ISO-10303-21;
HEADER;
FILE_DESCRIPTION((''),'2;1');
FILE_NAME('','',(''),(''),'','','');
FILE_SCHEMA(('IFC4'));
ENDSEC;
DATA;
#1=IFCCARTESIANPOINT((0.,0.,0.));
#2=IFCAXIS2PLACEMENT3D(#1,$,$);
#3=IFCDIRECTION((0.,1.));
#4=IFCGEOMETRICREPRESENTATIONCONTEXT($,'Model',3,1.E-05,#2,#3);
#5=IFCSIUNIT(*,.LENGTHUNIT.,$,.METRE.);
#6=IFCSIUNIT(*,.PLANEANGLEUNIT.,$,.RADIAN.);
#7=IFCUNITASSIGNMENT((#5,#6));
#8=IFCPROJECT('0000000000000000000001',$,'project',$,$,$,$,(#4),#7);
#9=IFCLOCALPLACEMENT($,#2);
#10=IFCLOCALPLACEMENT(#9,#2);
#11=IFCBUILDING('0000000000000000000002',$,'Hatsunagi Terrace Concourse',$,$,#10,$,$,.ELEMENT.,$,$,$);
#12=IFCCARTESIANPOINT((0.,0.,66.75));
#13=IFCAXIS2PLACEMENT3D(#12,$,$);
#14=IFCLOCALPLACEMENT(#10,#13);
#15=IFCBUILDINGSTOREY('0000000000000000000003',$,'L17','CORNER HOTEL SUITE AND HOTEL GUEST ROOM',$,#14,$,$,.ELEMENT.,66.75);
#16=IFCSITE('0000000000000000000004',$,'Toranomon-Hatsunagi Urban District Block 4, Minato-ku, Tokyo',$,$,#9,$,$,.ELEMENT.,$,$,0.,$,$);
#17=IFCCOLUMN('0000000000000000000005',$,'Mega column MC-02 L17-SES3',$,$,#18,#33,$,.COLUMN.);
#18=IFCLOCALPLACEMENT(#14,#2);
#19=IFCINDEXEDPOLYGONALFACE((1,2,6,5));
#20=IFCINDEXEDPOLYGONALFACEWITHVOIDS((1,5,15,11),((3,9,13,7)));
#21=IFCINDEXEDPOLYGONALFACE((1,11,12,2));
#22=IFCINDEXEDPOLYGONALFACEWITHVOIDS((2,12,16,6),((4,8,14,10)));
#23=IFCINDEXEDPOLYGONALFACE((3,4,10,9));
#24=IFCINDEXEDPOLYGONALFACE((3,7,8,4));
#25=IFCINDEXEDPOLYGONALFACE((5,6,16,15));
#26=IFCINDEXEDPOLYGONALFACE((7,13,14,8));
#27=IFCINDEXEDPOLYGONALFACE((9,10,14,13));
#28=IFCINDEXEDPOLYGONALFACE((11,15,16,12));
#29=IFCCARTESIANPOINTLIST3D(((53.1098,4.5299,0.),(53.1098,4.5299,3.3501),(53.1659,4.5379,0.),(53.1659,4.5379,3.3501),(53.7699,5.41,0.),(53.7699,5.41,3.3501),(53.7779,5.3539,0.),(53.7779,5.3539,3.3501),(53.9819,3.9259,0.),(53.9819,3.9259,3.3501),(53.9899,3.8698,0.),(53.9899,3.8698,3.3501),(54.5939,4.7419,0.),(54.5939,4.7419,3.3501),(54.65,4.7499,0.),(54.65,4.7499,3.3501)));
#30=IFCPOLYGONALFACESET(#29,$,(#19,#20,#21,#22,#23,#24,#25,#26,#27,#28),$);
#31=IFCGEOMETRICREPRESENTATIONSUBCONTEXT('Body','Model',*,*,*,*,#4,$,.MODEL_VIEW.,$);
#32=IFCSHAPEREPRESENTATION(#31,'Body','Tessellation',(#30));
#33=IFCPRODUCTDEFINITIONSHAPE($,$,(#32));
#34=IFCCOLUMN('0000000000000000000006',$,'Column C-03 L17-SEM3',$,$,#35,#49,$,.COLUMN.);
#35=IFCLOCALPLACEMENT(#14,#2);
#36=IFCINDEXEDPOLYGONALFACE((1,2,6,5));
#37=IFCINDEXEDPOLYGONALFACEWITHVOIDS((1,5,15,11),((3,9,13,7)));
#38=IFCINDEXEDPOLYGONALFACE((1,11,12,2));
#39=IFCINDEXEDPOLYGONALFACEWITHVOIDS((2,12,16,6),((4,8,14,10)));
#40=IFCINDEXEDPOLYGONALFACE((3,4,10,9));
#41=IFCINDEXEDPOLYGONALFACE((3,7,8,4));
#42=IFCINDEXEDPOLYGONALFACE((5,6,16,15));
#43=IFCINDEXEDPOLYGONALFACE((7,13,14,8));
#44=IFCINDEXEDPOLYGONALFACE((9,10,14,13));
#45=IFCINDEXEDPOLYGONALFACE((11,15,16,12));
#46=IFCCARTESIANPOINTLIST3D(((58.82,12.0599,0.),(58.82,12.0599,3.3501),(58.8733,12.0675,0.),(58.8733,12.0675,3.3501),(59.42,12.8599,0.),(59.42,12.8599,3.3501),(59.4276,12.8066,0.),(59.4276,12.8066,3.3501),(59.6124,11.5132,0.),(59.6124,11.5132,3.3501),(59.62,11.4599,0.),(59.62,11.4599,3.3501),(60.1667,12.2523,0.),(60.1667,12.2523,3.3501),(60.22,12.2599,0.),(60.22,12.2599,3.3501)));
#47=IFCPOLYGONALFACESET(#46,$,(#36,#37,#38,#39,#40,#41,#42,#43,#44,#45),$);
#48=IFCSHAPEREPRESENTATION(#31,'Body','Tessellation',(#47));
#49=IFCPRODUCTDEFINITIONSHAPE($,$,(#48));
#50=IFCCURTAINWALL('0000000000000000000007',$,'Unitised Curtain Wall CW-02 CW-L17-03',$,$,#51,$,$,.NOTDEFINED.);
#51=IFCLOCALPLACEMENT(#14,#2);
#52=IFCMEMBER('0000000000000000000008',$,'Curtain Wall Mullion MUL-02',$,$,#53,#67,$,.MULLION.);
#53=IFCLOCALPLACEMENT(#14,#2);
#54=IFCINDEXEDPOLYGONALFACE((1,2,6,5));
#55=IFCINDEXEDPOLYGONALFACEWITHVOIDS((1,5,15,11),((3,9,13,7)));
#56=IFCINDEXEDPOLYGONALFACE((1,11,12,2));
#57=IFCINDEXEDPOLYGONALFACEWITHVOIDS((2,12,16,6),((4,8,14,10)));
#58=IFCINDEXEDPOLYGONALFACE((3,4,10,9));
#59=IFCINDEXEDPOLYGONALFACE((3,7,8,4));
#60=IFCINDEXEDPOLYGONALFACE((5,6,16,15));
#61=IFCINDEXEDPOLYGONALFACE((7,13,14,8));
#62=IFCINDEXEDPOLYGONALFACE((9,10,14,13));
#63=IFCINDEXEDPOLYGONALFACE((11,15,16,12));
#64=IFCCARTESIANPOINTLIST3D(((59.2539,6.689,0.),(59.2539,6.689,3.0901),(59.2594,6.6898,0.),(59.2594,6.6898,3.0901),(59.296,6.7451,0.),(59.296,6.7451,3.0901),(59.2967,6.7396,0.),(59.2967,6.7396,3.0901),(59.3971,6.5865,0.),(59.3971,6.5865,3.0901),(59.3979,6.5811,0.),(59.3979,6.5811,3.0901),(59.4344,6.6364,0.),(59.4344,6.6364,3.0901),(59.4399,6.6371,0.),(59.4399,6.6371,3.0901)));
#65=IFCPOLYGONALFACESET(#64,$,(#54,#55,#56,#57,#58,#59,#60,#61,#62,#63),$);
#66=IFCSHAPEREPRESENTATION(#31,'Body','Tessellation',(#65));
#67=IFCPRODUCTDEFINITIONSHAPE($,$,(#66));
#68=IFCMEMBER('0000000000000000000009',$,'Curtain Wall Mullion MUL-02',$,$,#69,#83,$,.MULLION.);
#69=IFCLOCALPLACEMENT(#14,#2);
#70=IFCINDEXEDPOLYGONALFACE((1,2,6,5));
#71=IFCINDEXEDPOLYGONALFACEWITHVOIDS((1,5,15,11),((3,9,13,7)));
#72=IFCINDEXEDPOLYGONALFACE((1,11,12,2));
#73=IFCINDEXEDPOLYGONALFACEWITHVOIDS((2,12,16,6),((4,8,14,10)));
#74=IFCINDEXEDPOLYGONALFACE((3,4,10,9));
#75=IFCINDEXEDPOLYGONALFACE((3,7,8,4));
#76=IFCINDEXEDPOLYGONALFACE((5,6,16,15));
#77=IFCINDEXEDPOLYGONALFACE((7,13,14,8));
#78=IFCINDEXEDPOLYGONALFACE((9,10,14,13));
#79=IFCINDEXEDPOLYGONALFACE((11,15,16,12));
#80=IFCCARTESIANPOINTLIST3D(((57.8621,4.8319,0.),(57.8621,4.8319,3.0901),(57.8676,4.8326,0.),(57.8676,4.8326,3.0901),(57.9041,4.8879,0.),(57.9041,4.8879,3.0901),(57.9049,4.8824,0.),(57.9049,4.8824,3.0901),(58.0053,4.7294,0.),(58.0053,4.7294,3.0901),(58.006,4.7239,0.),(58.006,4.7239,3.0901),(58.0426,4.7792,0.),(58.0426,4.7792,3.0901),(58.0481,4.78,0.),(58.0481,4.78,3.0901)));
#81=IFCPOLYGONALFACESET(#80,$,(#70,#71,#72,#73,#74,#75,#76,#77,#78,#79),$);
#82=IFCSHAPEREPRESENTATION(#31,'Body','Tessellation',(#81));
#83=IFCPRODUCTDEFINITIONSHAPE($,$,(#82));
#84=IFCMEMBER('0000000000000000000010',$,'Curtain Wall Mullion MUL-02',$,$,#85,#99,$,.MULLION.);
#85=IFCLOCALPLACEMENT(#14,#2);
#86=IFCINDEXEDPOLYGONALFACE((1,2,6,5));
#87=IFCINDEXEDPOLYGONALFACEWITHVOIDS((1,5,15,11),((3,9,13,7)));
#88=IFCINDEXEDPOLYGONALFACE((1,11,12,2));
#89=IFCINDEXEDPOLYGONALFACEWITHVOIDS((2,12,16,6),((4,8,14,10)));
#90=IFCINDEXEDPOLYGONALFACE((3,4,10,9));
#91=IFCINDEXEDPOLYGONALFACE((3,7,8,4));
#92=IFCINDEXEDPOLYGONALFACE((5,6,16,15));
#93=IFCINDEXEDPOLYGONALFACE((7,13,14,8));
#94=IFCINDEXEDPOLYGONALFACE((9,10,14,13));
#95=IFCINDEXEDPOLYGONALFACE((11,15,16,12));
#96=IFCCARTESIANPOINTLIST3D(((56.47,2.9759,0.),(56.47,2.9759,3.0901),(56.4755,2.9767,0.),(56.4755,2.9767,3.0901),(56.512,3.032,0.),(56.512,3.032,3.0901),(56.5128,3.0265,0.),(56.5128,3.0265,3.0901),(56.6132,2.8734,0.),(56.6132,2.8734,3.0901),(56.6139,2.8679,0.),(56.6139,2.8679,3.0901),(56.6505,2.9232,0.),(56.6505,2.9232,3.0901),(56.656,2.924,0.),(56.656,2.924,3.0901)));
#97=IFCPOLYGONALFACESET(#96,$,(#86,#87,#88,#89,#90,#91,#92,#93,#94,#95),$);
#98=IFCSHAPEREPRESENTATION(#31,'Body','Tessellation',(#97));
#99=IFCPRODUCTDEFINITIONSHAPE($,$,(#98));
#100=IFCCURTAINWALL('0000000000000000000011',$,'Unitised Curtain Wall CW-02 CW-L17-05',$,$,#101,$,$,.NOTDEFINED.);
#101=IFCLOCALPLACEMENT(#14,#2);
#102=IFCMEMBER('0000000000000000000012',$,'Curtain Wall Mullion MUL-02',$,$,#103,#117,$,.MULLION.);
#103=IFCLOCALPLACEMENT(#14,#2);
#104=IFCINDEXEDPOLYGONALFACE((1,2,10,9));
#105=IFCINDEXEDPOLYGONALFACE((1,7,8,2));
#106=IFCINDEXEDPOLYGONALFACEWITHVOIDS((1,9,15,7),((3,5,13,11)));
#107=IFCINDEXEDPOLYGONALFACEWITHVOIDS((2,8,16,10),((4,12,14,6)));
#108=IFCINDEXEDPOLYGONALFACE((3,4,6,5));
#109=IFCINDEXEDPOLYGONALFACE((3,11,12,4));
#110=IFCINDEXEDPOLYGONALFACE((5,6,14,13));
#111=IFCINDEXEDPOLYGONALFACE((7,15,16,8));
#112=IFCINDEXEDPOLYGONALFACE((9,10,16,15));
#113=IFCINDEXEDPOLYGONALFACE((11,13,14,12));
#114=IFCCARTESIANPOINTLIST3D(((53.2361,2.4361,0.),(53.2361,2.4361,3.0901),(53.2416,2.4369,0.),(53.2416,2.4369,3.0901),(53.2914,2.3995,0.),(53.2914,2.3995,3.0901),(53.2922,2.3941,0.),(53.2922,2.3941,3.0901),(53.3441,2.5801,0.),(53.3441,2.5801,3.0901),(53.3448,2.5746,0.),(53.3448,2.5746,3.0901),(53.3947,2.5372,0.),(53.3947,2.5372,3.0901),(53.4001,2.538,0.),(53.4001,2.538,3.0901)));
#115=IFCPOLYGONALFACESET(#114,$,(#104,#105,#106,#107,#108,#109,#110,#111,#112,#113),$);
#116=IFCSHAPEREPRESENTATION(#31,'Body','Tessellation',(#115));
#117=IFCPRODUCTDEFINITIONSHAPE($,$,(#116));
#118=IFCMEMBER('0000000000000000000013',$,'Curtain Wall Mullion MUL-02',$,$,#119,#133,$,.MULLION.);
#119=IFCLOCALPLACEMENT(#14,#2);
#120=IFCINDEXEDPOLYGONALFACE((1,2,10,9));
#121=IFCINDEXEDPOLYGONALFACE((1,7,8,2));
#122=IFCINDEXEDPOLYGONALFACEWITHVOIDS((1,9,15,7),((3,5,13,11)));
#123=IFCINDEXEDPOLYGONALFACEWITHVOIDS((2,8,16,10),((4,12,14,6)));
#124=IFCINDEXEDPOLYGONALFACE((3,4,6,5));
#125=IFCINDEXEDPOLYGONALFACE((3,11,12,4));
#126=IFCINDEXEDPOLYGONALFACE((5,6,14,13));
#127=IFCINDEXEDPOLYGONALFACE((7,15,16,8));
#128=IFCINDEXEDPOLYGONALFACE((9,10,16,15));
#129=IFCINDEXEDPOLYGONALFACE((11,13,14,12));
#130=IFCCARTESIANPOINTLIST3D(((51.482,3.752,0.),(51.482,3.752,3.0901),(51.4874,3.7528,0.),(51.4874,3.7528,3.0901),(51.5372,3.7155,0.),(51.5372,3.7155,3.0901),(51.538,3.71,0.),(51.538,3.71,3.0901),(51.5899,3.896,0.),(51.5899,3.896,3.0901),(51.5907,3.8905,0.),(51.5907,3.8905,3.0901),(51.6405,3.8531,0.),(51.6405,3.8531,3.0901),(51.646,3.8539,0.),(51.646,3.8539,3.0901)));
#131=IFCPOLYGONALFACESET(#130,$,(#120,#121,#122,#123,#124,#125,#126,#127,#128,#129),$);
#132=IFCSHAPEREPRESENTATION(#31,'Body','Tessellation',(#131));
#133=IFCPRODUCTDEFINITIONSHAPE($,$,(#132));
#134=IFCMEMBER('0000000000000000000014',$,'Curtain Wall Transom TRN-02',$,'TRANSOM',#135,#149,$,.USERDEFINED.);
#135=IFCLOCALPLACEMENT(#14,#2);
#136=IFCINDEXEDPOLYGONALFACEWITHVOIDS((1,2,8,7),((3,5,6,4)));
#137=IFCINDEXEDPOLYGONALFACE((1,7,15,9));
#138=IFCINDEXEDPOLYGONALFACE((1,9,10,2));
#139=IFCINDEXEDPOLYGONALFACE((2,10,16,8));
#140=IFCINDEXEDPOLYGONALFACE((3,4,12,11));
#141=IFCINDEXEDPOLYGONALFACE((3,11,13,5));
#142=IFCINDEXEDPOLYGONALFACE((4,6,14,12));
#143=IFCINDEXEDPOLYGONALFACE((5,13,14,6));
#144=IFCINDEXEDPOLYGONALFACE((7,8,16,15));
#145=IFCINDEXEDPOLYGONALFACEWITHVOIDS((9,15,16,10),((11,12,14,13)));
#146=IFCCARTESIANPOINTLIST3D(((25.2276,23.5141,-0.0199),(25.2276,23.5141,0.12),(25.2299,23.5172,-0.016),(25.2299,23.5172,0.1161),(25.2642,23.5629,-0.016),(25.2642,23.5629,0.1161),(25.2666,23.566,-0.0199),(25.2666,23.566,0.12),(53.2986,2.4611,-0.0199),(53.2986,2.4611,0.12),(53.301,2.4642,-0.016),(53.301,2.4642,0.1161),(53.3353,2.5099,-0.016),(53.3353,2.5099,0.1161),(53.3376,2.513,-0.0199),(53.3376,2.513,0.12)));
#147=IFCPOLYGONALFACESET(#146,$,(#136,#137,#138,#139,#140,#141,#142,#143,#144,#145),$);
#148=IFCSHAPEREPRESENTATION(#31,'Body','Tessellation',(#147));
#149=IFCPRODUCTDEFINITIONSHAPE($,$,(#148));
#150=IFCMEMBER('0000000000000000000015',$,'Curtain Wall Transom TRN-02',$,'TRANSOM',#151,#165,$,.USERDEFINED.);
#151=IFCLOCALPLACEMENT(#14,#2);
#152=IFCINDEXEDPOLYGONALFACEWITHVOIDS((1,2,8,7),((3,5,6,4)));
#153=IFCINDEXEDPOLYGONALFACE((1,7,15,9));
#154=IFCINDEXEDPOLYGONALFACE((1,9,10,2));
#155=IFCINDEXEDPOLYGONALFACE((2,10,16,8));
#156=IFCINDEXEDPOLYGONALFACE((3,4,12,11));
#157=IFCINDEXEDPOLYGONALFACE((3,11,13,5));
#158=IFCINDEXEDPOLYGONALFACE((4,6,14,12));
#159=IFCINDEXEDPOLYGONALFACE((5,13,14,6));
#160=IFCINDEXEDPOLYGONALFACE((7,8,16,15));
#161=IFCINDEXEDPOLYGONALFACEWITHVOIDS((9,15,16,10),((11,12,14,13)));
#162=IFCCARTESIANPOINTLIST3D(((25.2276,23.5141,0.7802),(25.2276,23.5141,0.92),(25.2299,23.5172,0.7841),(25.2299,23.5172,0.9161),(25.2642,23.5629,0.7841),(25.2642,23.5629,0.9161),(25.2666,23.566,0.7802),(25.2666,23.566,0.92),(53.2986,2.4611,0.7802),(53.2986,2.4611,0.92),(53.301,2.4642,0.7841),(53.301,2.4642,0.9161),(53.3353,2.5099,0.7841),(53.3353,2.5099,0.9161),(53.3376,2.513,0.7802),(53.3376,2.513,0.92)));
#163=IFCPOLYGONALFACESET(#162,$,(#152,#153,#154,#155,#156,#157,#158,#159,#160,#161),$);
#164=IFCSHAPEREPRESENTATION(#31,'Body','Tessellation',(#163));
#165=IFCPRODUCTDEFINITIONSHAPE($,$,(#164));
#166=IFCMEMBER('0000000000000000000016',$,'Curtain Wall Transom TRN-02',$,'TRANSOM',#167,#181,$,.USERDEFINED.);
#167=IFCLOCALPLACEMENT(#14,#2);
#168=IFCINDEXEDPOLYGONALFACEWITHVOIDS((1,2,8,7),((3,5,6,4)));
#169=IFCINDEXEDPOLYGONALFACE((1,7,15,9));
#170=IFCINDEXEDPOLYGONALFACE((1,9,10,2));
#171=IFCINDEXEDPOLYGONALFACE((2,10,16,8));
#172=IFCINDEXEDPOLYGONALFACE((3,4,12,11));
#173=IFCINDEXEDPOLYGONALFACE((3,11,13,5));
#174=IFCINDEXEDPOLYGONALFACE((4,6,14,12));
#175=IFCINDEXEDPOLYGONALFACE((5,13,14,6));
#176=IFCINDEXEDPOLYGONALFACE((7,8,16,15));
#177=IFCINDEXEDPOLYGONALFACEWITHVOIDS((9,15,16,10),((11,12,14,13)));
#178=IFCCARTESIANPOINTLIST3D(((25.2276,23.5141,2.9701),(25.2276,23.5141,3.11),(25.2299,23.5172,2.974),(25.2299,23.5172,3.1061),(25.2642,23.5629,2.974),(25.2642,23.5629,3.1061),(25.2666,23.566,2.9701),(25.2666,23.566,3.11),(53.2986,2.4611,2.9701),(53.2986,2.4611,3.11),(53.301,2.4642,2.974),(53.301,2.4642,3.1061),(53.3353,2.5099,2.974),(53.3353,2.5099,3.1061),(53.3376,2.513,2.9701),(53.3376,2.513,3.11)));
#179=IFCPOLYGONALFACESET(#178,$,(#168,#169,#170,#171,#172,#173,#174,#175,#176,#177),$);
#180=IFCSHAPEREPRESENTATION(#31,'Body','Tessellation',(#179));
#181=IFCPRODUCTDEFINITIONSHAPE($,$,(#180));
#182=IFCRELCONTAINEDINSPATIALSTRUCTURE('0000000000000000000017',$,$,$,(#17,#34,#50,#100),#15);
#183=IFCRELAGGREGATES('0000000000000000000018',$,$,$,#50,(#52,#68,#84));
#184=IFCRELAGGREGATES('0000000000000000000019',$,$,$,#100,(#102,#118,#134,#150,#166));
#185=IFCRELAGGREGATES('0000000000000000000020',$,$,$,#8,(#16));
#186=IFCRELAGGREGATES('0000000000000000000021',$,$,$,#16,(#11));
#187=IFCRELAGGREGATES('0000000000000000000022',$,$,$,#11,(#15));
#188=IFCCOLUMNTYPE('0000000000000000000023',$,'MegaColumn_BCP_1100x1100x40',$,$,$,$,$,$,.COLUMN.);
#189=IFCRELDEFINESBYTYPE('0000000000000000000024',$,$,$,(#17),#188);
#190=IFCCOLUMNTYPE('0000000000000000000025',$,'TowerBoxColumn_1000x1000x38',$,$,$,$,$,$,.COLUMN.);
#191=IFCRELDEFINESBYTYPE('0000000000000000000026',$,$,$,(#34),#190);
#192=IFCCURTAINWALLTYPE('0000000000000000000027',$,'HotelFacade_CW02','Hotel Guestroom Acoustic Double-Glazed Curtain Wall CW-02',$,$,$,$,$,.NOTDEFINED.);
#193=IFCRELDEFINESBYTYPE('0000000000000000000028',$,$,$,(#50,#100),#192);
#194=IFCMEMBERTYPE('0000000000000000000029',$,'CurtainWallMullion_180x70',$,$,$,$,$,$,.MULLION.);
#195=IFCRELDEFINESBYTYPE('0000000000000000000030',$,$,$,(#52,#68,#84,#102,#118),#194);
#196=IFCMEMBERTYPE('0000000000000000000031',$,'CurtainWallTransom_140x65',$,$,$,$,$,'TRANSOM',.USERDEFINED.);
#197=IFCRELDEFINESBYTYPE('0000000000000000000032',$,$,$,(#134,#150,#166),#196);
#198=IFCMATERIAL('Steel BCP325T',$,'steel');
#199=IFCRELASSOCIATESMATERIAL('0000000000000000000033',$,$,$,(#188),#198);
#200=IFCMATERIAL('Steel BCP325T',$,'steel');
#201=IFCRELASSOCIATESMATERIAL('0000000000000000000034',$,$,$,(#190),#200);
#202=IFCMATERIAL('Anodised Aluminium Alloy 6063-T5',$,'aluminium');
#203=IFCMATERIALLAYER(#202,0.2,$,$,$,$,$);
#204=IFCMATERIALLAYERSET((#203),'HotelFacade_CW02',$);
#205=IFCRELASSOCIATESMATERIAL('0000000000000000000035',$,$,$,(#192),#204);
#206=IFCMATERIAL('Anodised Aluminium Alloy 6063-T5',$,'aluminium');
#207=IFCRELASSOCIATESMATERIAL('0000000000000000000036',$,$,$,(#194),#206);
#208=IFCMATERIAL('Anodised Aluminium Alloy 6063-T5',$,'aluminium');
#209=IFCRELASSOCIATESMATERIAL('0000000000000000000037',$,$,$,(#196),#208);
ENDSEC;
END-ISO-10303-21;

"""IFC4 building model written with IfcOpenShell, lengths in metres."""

from ifc_helpers import new_model, si_unit, direction, frame, origin, origin_2d, place, context, subcontext, project, spatial, hollow_rectangle, extrude, material, layer, layer_set, material_profile, profile_set, type_object, element, aggregate, save


model = new_model("IFC4")

# Units and contexts
model_context = context("Model", 3, precision=1e-05, world=origin(), true_north=direction((0.0, 1.0)))
body_context = subcontext(model_context, "Body", "Model", "MODEL_VIEW")
ifc_project = project(units=[si_unit("LENGTHUNIT", "METRE"), si_unit("PLANEANGLEUNIT", "RADIAN")], contexts=[model_context])

# Site, building, storey
site_placement = place(None, origin())
site = spatial("IfcSite", under=ifc_project, at=site_placement, Name="Toranomon-Hatsunagi Urban District Block 4, Minato-ku, Tokyo", CompositionType="ELEMENT", RefElevation=0.0)
building_placement = place(site_placement, origin())
building = spatial("IfcBuilding", under=site, at=building_placement, Name="Hatsunagi Terrace Concourse", CompositionType="ELEMENT")
storey_placement = place(building_placement, frame((0.0, 0.0, 66.75)))
storey = spatial("IfcBuildingStorey", under=building, at=storey_placement, Name="L17", Description="CORNER HOTEL SUITE AND HOTEL GUEST ROOM", CompositionType="ELEMENT", Elevation=66.75)

# Columns
ifc_material_1 = material(Name="Steel BCP325T", Category="steel")
ifc_material_profile_1 = material_profile(ifc_material_1, hollow_rectangle(XDim=1.1001, YDim=1.1001, WallThickness=0.04, at=origin_2d()), Name="BCP-1100x1100x40")
ifc_profile_set_1 = profile_set([ifc_material_profile_1], Name="Steel BCP325T")
column_type_1 = type_object("IfcColumnType", Name="MegaColumn_BCP_1100x1100x40", PredefinedType="COLUMN", material=ifc_profile_set_1)
column_1_placement = place(storey_placement, frame((53.8799, 4.6399, 0.0), z_axis=(0.0, 0.0, 1.0), x_axis=(0.8, -0.6, 0.0)))
element("IfcColumn", 1, at=column_1_placement, inside=storey, type_object=column_type_1, Name="Mega column MC-02 L17-SES3", PredefinedType="COLUMN", context=body_context, shape_type="SweptSolid", body=[
    extrude(hollow_rectangle(XDim=1.1001, YDim=1.1001, WallThickness=0.04, at=origin_2d()), origin(), (0.0, 0.0, 1.0), 3.3501),
])
ifc_material_2 = material(Name="Steel BCP325T", Category="steel")
ifc_material_profile_2 = material_profile(ifc_material_2, hollow_rectangle(XDim=1.0, YDim=1.0, WallThickness=0.0381, at=origin_2d()), Name="BCP-1000x1000x38")
ifc_profile_set_2 = profile_set([ifc_material_profile_2], Name="Steel BCP325T")
column_type_2 = type_object("IfcColumnType", Name="TowerBoxColumn_1000x1000x38", PredefinedType="COLUMN", material=ifc_profile_set_2)
column_2_placement = place(storey_placement, frame((59.52, 12.1599, 0.0), z_axis=(0.0, 0.0, 1.0), x_axis=(0.8, -0.6, 0.0)))
element("IfcColumn", 2, at=column_2_placement, inside=storey, type_object=column_type_2, Name="Column C-03 L17-SEM3", PredefinedType="COLUMN", context=body_context, shape_type="SweptSolid", body=[
    extrude(hollow_rectangle(XDim=1.0, YDim=1.0, WallThickness=0.0381, at=origin_2d()), origin(), (0.0, 0.0, 1.0), 3.3501),
])

# Curtain walls, members
ifc_material_3 = material(Name="Anodised Aluminium Alloy 6063-T5", Category="aluminium")
ifc_layer_1 = layer(ifc_material_3, 0.2)
ifc_layer_set_1 = layer_set([ifc_layer_1], Name="HotelFacade_CW02")
curtain_wall_type = type_object("IfcCurtainWallType", Name="HotelFacade_CW02", Description="Hotel Guestroom Acoustic Double-Glazed Curtain Wall CW-02", PredefinedType="NOTDEFINED", material=ifc_layer_set_1)
curtain_wall_1_placement = place(storey_placement, origin())
curtain_wall_1 = element("IfcCurtainWall", 3, at=curtain_wall_1_placement, inside=storey, type_object=curtain_wall_type, Name="Unitised Curtain Wall CW-02 CW-L17-03", PredefinedType="NOTDEFINED")
ifc_material_4 = material(Name="Anodised Aluminium Alloy 6063-T5", Category="aluminium")
ifc_material_profile_3 = material_profile(ifc_material_4, hollow_rectangle(XDim=0.0701, YDim=0.1799, WallThickness=0.0039, at=origin_2d()), Name="ALU-MUL-180x70x4")
ifc_profile_set_3 = profile_set([ifc_material_profile_3], Name="Anodised Aluminium Alloy 6063-T5")
member_type_1 = type_object("IfcMemberType", Name="CurtainWallMullion_180x70", PredefinedType="MULLION", material=ifc_profile_set_3)
member_1_placement = place(storey_placement, frame((59.3469, 6.6631, 0.0), z_axis=(0.0, 0.0, 1.0), x_axis=(-0.599969, -0.800023, 0.0)))
member_1 = element("IfcMember", 4, at=member_1_placement, type_object=member_type_1, Name="Curtain Wall Mullion MUL-02", PredefinedType="MULLION", context=body_context, shape_type="SweptSolid", body=[
    extrude(hollow_rectangle(XDim=0.0701, YDim=0.1799, WallThickness=0.0039, at=origin_2d()), origin(), (0.0, 0.0, 1.0), 3.0901),
])
member_2_placement = place(storey_placement, frame((57.9551, 4.8059, 0.0), z_axis=(0.0, 0.0, 1.0), x_axis=(-0.599969, -0.800023, 0.0)))
member_2 = element("IfcMember", 5, at=member_2_placement, type_object=member_type_1, Name="Curtain Wall Mullion MUL-02", PredefinedType="MULLION", context=body_context, shape_type="SweptSolid", body=[
    extrude(hollow_rectangle(XDim=0.0701, YDim=0.1799, WallThickness=0.0039, at=origin_2d()), origin(), (0.0, 0.0, 1.0), 3.0901),
])
member_3_placement = place(storey_placement, frame((56.563, 2.95, 0.0), z_axis=(0.0, 0.0, 1.0), x_axis=(-0.599969, -0.800023, 0.0)))
member_3 = element("IfcMember", 6, at=member_3_placement, type_object=member_type_1, Name="Curtain Wall Mullion MUL-02", PredefinedType="MULLION", context=body_context, shape_type="SweptSolid", body=[
    extrude(hollow_rectangle(XDim=0.0701, YDim=0.1799, WallThickness=0.0039, at=origin_2d()), origin(), (0.0, 0.0, 1.0), 3.0901),
])
curtain_wall_2_placement = place(storey_placement, origin())
curtain_wall_2 = element("IfcCurtainWall", 7, at=curtain_wall_2_placement, inside=storey, type_object=curtain_wall_type, Name="Unitised Curtain Wall CW-02 CW-L17-05", PredefinedType="NOTDEFINED")
member_4_placement = place(storey_placement, frame((53.3181, 2.4871, 0.0), z_axis=(0.0, 0.0, 1.0), x_axis=(-0.800003, 0.599996, 0.0)))
member_4 = element("IfcMember", 8, at=member_4_placement, type_object=member_type_1, Name="Curtain Wall Mullion MUL-02", PredefinedType="MULLION", context=body_context, shape_type="SweptSolid", body=[
    extrude(hollow_rectangle(XDim=0.0701, YDim=0.1799, WallThickness=0.0039, at=origin_2d()), origin(), (0.0, 0.0, 1.0), 3.0901),
])
member_5_placement = place(storey_placement, frame((51.564, 3.803, 0.0), z_axis=(0.0, 0.0, 1.0), x_axis=(-0.800003, 0.599996, 0.0)))
member_5 = element("IfcMember", 9, at=member_5_placement, type_object=member_type_1, Name="Curtain Wall Mullion MUL-02", PredefinedType="MULLION", context=body_context, shape_type="SweptSolid", body=[
    extrude(hollow_rectangle(XDim=0.0701, YDim=0.1799, WallThickness=0.0039, at=origin_2d()), origin(), (0.0, 0.0, 1.0), 3.0901),
])
ifc_material_5 = material(Name="Anodised Aluminium Alloy 6063-T5", Category="aluminium")
ifc_material_profile_4 = material_profile(ifc_material_5, hollow_rectangle(XDim=0.0649, YDim=0.1399, WallThickness=0.0039, at=origin_2d()), Name="ALU-TRN-140x65x4")
ifc_profile_set_4 = profile_set([ifc_material_profile_4], Name="Anodised Aluminium Alloy 6063-T5")
member_type_2 = type_object("IfcMemberType", Name="CurtainWallTransom_140x65", ElementType="TRANSOM", PredefinedType="USERDEFINED", material=ifc_profile_set_4)
member_6_placement = place(storey_placement, frame((53.3181, 2.4871, 0.05), z_axis=(-0.800004, 0.599994, 0.0), x_axis=(-0.599994, -0.800004, 0.0)))
member_6 = element("IfcMember", 10, at=member_6_placement, type_object=member_type_2, Name="Curtain Wall Transom TRN-02", ObjectType="TRANSOM", PredefinedType="USERDEFINED", context=body_context, shape_type="SweptSolid", body=[
    extrude(hollow_rectangle(XDim=0.0649, YDim=0.1399, WallThickness=0.0039, at=origin_2d()), origin(), (0.0, 0.0, 1.0), 35.0886),
])
member_7_placement = place(storey_placement, frame((53.3181, 2.4871, 0.8501), z_axis=(-0.800004, 0.599994, 0.0), x_axis=(-0.599994, -0.800004, 0.0)))
member_7 = element("IfcMember", 11, at=member_7_placement, type_object=member_type_2, Name="Curtain Wall Transom TRN-02", ObjectType="TRANSOM", PredefinedType="USERDEFINED", context=body_context, shape_type="SweptSolid", body=[
    extrude(hollow_rectangle(XDim=0.0649, YDim=0.1399, WallThickness=0.0039, at=origin_2d()), origin(), (0.0, 0.0, 1.0), 35.0886),
])
member_8_placement = place(storey_placement, frame((53.3181, 2.4871, 3.04), z_axis=(-0.800004, 0.599994, 0.0), x_axis=(-0.599994, -0.800004, 0.0)))
member_8 = element("IfcMember", 12, at=member_8_placement, type_object=member_type_2, Name="Curtain Wall Transom TRN-02", ObjectType="TRANSOM", PredefinedType="USERDEFINED", context=body_context, shape_type="SweptSolid", body=[
    extrude(hollow_rectangle(XDim=0.0649, YDim=0.1399, WallThickness=0.0039, at=origin_2d()), origin(), (0.0, 0.0, 1.0), 35.0886),
])

aggregate(curtain_wall_1, [member_1, member_2, member_3])
aggregate(curtain_wall_2, [member_4, member_5, member_6, member_7, member_8])

save(model, "model.ifc")
